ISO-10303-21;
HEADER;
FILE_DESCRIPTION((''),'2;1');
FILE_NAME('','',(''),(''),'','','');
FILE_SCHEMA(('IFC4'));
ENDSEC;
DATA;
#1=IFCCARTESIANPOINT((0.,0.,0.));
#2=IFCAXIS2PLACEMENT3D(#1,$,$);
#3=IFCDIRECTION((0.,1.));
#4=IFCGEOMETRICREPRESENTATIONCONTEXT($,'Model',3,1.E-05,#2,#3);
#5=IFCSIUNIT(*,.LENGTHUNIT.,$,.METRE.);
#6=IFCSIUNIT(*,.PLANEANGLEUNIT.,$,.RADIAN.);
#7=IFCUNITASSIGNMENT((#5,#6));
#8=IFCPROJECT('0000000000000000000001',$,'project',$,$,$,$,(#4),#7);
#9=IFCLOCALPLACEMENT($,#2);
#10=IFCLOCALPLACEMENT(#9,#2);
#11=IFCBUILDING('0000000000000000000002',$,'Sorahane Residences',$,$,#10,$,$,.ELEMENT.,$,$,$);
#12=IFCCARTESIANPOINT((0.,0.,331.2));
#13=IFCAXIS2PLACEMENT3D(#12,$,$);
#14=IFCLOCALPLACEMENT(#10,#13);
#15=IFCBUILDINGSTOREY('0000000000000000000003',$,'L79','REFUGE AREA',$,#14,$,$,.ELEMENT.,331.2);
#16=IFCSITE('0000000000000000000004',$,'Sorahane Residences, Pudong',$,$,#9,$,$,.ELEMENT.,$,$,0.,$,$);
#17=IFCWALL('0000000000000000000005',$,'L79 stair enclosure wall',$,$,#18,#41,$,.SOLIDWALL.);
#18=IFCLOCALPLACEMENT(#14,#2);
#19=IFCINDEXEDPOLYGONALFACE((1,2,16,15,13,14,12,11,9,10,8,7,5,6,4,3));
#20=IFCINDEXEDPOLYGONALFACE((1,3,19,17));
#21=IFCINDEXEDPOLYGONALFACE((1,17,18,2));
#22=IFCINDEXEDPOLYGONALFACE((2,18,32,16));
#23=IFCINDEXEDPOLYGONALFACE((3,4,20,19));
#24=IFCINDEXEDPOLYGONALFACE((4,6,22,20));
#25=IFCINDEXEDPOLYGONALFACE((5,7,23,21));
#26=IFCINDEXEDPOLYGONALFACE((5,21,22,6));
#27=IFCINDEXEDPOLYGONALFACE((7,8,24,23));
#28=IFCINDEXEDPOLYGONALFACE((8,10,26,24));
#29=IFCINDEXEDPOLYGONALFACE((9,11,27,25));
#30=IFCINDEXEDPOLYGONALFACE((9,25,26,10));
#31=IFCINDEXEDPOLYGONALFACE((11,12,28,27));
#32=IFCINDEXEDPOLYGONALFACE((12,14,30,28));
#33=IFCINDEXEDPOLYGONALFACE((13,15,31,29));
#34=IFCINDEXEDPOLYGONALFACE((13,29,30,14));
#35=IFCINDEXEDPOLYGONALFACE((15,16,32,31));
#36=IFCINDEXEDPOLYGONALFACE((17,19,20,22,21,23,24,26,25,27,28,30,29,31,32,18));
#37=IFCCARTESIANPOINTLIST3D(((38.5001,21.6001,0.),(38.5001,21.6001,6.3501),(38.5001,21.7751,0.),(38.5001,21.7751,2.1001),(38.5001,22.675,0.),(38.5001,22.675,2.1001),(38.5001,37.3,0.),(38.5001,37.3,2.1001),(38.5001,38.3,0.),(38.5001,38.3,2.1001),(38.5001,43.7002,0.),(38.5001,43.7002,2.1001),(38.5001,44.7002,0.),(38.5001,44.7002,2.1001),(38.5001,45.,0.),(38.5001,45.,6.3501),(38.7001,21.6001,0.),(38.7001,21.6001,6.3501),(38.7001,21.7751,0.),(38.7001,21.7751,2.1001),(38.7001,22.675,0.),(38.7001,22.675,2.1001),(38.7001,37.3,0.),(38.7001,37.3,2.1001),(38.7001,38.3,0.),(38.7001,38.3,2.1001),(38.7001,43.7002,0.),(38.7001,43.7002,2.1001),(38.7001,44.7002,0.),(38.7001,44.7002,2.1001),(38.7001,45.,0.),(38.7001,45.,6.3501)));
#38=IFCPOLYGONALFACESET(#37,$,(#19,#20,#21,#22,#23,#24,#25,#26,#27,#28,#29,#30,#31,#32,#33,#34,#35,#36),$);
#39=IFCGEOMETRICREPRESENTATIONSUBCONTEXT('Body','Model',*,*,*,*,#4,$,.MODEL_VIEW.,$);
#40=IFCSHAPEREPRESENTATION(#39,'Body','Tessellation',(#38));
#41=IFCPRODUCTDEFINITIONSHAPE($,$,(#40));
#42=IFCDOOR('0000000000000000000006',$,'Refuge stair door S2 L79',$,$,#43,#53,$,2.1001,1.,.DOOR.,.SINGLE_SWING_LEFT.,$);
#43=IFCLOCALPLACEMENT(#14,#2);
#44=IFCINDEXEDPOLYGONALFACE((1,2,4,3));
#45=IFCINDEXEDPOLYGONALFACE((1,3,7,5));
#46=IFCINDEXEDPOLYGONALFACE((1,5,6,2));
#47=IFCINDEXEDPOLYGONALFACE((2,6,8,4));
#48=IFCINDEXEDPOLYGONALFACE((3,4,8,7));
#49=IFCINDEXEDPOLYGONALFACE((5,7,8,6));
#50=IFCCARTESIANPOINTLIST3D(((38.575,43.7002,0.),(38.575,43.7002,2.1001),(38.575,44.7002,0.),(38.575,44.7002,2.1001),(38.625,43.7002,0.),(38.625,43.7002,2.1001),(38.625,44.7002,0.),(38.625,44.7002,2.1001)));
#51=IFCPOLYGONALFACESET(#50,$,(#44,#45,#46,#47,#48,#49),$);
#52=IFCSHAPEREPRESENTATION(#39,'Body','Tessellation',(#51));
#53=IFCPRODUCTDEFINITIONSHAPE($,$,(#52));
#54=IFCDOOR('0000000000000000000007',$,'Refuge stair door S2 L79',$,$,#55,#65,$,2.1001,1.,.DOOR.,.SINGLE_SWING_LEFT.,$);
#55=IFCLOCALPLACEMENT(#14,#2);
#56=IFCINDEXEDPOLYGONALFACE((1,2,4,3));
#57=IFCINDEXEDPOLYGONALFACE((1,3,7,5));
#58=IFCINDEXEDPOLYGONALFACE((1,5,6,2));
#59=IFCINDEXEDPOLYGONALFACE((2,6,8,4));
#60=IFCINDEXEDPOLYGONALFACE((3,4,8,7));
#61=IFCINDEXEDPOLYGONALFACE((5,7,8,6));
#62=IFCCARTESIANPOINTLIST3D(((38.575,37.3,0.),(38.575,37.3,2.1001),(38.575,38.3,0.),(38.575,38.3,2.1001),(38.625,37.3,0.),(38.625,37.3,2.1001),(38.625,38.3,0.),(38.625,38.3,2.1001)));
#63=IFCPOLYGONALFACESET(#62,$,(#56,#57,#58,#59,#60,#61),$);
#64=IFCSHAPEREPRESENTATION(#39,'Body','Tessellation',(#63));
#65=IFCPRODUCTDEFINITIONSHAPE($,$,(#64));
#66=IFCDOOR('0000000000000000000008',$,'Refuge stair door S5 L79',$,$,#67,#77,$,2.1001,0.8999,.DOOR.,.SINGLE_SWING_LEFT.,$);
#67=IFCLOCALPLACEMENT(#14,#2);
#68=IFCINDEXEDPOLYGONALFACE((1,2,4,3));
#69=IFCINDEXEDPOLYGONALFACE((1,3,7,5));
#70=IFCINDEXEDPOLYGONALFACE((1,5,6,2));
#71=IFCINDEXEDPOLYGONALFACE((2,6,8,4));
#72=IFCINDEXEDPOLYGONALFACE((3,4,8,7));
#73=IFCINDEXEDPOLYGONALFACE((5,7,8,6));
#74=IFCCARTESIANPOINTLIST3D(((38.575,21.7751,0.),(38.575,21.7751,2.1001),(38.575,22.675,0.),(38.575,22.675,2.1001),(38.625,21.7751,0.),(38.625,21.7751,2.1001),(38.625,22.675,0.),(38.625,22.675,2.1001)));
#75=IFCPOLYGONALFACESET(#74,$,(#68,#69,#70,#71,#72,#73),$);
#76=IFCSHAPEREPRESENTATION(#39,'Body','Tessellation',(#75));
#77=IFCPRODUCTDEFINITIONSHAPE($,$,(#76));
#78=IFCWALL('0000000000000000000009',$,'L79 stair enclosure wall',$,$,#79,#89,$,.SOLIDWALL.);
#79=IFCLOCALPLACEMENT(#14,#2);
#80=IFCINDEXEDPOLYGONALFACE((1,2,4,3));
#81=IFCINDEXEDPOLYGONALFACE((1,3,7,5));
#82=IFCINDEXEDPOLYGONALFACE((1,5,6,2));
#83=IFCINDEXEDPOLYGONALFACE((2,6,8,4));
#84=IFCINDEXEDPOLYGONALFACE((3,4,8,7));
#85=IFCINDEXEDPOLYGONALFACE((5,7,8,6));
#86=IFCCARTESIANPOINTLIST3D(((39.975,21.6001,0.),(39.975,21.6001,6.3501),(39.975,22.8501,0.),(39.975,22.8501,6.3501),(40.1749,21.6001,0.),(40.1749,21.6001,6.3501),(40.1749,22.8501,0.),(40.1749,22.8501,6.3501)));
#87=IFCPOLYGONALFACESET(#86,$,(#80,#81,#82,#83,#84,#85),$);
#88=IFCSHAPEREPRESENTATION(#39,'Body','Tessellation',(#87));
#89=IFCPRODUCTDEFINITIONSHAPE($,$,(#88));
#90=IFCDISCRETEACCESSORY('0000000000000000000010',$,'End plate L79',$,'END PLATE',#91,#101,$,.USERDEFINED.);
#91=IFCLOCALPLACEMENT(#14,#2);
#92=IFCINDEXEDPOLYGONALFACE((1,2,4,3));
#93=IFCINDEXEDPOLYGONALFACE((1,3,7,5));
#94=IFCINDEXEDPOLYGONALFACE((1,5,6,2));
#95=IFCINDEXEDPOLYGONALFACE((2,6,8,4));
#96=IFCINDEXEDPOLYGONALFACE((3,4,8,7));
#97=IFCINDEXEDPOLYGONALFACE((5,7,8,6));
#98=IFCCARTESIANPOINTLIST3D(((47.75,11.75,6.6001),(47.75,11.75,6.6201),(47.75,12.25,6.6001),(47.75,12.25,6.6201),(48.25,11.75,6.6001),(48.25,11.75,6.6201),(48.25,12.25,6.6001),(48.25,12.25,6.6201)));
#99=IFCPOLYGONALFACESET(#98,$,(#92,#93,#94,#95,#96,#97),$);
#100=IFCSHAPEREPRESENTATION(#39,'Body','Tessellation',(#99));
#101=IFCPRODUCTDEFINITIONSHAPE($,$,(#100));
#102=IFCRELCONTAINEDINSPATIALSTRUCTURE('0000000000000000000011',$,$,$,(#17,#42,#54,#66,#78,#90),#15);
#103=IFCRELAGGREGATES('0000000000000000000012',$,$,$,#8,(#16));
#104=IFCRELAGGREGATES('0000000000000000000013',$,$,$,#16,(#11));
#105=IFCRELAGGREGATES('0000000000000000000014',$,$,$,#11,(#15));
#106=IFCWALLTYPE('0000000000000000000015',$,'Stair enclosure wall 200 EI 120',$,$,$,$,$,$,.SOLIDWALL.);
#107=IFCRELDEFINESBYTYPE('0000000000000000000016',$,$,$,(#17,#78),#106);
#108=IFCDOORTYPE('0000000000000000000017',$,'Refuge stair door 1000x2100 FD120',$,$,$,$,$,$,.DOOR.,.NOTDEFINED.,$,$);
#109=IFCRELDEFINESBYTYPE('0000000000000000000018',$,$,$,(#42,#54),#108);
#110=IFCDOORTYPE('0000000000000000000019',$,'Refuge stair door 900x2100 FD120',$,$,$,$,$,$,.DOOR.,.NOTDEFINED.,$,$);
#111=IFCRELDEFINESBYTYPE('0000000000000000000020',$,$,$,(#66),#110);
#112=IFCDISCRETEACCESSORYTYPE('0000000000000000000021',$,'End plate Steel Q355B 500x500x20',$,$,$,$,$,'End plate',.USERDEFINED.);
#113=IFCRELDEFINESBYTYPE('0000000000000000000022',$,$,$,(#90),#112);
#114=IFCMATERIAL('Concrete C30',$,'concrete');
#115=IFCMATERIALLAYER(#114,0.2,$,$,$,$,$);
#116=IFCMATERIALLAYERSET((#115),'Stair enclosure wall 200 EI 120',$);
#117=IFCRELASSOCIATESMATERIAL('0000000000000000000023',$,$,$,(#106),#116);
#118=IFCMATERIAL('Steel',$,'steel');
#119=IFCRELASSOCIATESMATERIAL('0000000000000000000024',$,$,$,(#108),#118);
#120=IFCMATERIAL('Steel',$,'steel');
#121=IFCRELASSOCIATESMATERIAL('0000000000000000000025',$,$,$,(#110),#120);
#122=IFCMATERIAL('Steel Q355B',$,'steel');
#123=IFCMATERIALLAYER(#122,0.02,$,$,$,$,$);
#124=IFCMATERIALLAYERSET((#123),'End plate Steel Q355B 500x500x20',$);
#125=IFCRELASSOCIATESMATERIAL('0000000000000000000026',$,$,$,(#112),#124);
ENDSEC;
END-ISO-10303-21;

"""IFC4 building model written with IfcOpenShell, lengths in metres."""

from ifc_helpers import new_model, si_unit, direction, frame, frame_2d, origin, origin_2d, place, context, subcontext, project, spatial, rectangle, extrude, material, layer, layer_set, type_object, element, fill, save


model = new_model("IFC4")

# Units and contexts
model_context = context("Model", 3, precision=1e-05, world=origin(), true_north=direction((0.0, 1.0)))
body_context = subcontext(model_context, "Body", "Model", "MODEL_VIEW")
ifc_project = project(units=[si_unit("LENGTHUNIT", "METRE"), si_unit("PLANEANGLEUNIT", "RADIAN")], contexts=[model_context])

# Site, building, storey
site_placement = place(None, origin())
site = spatial("IfcSite", under=ifc_project, at=site_placement, Name="Sorahane Residences, Pudong", CompositionType="ELEMENT", RefElevation=0.0)
building_placement = place(site_placement, origin())
building = spatial("IfcBuilding", under=site, at=building_placement, Name="Sorahane Residences", CompositionType="ELEMENT")
storey_placement = place(building_placement, frame((0.0, 0.0, 331.2)))
storey = spatial("IfcBuildingStorey", under=building, at=storey_placement, Name="L79", Description="REFUGE AREA", CompositionType="ELEMENT", Elevation=331.2)

# Wall, openings, doors
ifc_material_1 = material(Name="Concrete C30", Category="concrete")
ifc_layer_1 = layer(ifc_material_1, 0.2)
ifc_layer_set_1 = layer_set([ifc_layer_1], Name="Stair enclosure wall 200 EI 120")
wall_type_1 = type_object("IfcWallType", Name="Stair enclosure wall 200 EI 120", PredefinedType="SOLIDWALL", material=ifc_layer_set_1)
wall_1_placement = place(storey_placement, frame((38.6001, 21.6001, 0.0), z_axis=(0.0, 0.0, 1.0), x_axis=(0.0, 1.0, 0.0)))
wall_1 = element("IfcWall", 1, at=wall_1_placement, inside=storey, type_object=wall_type_1, Name="L79 stair enclosure wall", PredefinedType="SOLIDWALL", context=body_context, shape_type="SweptSolid", body=[
    extrude(rectangle(XDim=23.3999, YDim=0.2, at=frame_2d((11.7, 0.0))), origin(), (0.0, 0.0, 1.0), 6.3501),
])
opening_1_placement = place(wall_1_placement, frame((22.1001, 0.0, 0.0)))
opening_1 = element("IfcOpeningElement", 2, at=opening_1_placement, cuts=wall_1, PredefinedType="OPENING", context=body_context, shape_type="SweptSolid", body=[
    extrude(rectangle(XDim=1.0, YDim=2.1001, at=frame_2d((0.5, 1.05))), frame((0.0, 0.1099, 0.0), z_axis=(0.0, -1.0, 0.0), x_axis=(1.0, 0.0, 0.0)), (0.0, 0.0, 1.0), 0.22),
])
opening_2_placement = place(wall_1_placement, frame((15.7, 0.0, 0.0)))
opening_2 = element("IfcOpeningElement", 3, at=opening_2_placement, cuts=wall_1, PredefinedType="OPENING", context=body_context, shape_type="SweptSolid", body=[
    extrude(rectangle(XDim=1.0, YDim=2.1001, at=frame_2d((0.5, 1.05))), frame((0.0, 0.1099, 0.0), z_axis=(0.0, -1.0, 0.0), x_axis=(1.0, 0.0, 0.0)), (0.0, 0.0, 1.0), 0.22),
])
opening_3_placement = place(wall_1_placement, frame((0.175, 0.0, 0.0)))
opening_3 = element("IfcOpeningElement", 4, at=opening_3_placement, cuts=wall_1, PredefinedType="OPENING", context=body_context, shape_type="SweptSolid", body=[
    extrude(rectangle(XDim=0.8999, YDim=2.1001, at=frame_2d((0.45, 1.05))), frame((0.0, 0.1099, 0.0), z_axis=(0.0, -1.0, 0.0), x_axis=(1.0, 0.0, 0.0)), (0.0, 0.0, 1.0), 0.22),
])
ifc_material_2 = material(Name="Steel", Category="steel")
door_type_1 = type_object("IfcDoorType", Name="Refuge stair door 1000x2100 FD120", OperationType="NOTDEFINED", PredefinedType="DOOR", material=ifc_material_2)
door_1_placement = place(opening_1_placement, frame((1.0, 0.0, 0.0), z_axis=(0.0, 0.0, 1.0), x_axis=(-1.0, 0.0, 0.0)))
door_1 = element("IfcDoor", 5, at=door_1_placement, inside=storey, type_object=door_type_1, Name="Refuge stair door S2 L79", OperationType="SINGLE_SWING_LEFT", OverallHeight=2.1001, OverallWidth=1.0, PredefinedType="DOOR", context=body_context, shape_type="SweptSolid", body=[
    extrude(rectangle(XDim=1.0, YDim=2.1001, at=frame_2d((0.5, 1.05))), frame((0.0, 0.0249, 0.0), z_axis=(0.0, -1.0, 0.0), x_axis=(1.0, 0.0, 0.0)), (0.0, 0.0, 1.0), 0.05),
])
fill(opening_1, door_1)
door_2_placement = place(opening_2_placement, frame((1.0, 0.0, 0.0), z_axis=(0.0, 0.0, 1.0), x_axis=(-1.0, 0.0, 0.0)))
door_2 = element("IfcDoor", 6, at=door_2_placement, inside=storey, type_object=door_type_1, Name="Refuge stair door S2 L79", OperationType="SINGLE_SWING_LEFT", OverallHeight=2.1001, OverallWidth=1.0, PredefinedType="DOOR", context=body_context, shape_type="SweptSolid", body=[
    extrude(rectangle(XDim=1.0, YDim=2.1001, at=frame_2d((0.5, 1.05))), frame((0.0, 0.0249, 0.0), z_axis=(0.0, -1.0, 0.0), x_axis=(1.0, 0.0, 0.0)), (0.0, 0.0, 1.0), 0.05),
])
fill(opening_2, door_2)
ifc_material_3 = material(Name="Steel", Category="steel")
door_type_2 = type_object("IfcDoorType", Name="Refuge stair door 900x2100 FD120", OperationType="NOTDEFINED", PredefinedType="DOOR", material=ifc_material_3)
door_3_placement = place(opening_3_placement, frame((0.8999, 0.0, 0.0), z_axis=(0.0, 0.0, 1.0), x_axis=(-1.0, 0.0, 0.0)))
door_3 = element("IfcDoor", 7, at=door_3_placement, inside=storey, type_object=door_type_2, Name="Refuge stair door S5 L79", OperationType="SINGLE_SWING_LEFT", OverallHeight=2.1001, OverallWidth=0.8999, PredefinedType="DOOR", context=body_context, shape_type="SweptSolid", body=[
    extrude(rectangle(XDim=0.8999, YDim=2.1001, at=frame_2d((0.45, 1.05))), frame((0.0, 0.0249, 0.0), z_axis=(0.0, -1.0, 0.0), x_axis=(1.0, 0.0, 0.0)), (0.0, 0.0, 1.0), 0.05),
])
fill(opening_3, door_3)

# Wall
wall_2_placement = place(storey_placement, frame((40.075, 21.6001, 0.0), z_axis=(0.0, 0.0, 1.0), x_axis=(0.0, 1.0, 0.0)))
element("IfcWall", 8, at=wall_2_placement, inside=storey, type_object=wall_type_1, Name="L79 stair enclosure wall", PredefinedType="SOLIDWALL", context=body_context, shape_type="SweptSolid", body=[
    extrude(rectangle(XDim=1.25, YDim=0.2, at=frame_2d((0.625, 0.0))), origin(), (0.0, 0.0, 1.0), 6.3501),
])

# Discrete accessory
ifc_material_4 = material(Name="Steel Q355B", Category="steel")
ifc_layer_2 = layer(ifc_material_4, 0.02)
ifc_layer_set_2 = layer_set([ifc_layer_2], Name="End plate Steel Q355B 500x500x20")
discrete_accessory_type = type_object("IfcDiscreteAccessoryType", Name="End plate Steel Q355B 500x500x20", ElementType="End plate", PredefinedType="USERDEFINED", material=ifc_layer_set_2)
discrete_accessory_placement = place(storey_placement, frame((48.0, 12.0, 6.6001), z_axis=(0.0, 0.0, 1.0), x_axis=(1.0, 0.0, 0.0)))
element("IfcDiscreteAccessory", 9, at=discrete_accessory_placement, inside=storey, type_object=discrete_accessory_type, Name="End plate L79", ObjectType="END PLATE", PredefinedType="USERDEFINED", context=body_context, shape_type="SweptSolid", body=[
    extrude(rectangle(XDim=0.5, YDim=0.5, at=origin_2d()), origin(), (0.0, 0.0, 1.0), 0.02),
])

save(model, "model.ifc")
